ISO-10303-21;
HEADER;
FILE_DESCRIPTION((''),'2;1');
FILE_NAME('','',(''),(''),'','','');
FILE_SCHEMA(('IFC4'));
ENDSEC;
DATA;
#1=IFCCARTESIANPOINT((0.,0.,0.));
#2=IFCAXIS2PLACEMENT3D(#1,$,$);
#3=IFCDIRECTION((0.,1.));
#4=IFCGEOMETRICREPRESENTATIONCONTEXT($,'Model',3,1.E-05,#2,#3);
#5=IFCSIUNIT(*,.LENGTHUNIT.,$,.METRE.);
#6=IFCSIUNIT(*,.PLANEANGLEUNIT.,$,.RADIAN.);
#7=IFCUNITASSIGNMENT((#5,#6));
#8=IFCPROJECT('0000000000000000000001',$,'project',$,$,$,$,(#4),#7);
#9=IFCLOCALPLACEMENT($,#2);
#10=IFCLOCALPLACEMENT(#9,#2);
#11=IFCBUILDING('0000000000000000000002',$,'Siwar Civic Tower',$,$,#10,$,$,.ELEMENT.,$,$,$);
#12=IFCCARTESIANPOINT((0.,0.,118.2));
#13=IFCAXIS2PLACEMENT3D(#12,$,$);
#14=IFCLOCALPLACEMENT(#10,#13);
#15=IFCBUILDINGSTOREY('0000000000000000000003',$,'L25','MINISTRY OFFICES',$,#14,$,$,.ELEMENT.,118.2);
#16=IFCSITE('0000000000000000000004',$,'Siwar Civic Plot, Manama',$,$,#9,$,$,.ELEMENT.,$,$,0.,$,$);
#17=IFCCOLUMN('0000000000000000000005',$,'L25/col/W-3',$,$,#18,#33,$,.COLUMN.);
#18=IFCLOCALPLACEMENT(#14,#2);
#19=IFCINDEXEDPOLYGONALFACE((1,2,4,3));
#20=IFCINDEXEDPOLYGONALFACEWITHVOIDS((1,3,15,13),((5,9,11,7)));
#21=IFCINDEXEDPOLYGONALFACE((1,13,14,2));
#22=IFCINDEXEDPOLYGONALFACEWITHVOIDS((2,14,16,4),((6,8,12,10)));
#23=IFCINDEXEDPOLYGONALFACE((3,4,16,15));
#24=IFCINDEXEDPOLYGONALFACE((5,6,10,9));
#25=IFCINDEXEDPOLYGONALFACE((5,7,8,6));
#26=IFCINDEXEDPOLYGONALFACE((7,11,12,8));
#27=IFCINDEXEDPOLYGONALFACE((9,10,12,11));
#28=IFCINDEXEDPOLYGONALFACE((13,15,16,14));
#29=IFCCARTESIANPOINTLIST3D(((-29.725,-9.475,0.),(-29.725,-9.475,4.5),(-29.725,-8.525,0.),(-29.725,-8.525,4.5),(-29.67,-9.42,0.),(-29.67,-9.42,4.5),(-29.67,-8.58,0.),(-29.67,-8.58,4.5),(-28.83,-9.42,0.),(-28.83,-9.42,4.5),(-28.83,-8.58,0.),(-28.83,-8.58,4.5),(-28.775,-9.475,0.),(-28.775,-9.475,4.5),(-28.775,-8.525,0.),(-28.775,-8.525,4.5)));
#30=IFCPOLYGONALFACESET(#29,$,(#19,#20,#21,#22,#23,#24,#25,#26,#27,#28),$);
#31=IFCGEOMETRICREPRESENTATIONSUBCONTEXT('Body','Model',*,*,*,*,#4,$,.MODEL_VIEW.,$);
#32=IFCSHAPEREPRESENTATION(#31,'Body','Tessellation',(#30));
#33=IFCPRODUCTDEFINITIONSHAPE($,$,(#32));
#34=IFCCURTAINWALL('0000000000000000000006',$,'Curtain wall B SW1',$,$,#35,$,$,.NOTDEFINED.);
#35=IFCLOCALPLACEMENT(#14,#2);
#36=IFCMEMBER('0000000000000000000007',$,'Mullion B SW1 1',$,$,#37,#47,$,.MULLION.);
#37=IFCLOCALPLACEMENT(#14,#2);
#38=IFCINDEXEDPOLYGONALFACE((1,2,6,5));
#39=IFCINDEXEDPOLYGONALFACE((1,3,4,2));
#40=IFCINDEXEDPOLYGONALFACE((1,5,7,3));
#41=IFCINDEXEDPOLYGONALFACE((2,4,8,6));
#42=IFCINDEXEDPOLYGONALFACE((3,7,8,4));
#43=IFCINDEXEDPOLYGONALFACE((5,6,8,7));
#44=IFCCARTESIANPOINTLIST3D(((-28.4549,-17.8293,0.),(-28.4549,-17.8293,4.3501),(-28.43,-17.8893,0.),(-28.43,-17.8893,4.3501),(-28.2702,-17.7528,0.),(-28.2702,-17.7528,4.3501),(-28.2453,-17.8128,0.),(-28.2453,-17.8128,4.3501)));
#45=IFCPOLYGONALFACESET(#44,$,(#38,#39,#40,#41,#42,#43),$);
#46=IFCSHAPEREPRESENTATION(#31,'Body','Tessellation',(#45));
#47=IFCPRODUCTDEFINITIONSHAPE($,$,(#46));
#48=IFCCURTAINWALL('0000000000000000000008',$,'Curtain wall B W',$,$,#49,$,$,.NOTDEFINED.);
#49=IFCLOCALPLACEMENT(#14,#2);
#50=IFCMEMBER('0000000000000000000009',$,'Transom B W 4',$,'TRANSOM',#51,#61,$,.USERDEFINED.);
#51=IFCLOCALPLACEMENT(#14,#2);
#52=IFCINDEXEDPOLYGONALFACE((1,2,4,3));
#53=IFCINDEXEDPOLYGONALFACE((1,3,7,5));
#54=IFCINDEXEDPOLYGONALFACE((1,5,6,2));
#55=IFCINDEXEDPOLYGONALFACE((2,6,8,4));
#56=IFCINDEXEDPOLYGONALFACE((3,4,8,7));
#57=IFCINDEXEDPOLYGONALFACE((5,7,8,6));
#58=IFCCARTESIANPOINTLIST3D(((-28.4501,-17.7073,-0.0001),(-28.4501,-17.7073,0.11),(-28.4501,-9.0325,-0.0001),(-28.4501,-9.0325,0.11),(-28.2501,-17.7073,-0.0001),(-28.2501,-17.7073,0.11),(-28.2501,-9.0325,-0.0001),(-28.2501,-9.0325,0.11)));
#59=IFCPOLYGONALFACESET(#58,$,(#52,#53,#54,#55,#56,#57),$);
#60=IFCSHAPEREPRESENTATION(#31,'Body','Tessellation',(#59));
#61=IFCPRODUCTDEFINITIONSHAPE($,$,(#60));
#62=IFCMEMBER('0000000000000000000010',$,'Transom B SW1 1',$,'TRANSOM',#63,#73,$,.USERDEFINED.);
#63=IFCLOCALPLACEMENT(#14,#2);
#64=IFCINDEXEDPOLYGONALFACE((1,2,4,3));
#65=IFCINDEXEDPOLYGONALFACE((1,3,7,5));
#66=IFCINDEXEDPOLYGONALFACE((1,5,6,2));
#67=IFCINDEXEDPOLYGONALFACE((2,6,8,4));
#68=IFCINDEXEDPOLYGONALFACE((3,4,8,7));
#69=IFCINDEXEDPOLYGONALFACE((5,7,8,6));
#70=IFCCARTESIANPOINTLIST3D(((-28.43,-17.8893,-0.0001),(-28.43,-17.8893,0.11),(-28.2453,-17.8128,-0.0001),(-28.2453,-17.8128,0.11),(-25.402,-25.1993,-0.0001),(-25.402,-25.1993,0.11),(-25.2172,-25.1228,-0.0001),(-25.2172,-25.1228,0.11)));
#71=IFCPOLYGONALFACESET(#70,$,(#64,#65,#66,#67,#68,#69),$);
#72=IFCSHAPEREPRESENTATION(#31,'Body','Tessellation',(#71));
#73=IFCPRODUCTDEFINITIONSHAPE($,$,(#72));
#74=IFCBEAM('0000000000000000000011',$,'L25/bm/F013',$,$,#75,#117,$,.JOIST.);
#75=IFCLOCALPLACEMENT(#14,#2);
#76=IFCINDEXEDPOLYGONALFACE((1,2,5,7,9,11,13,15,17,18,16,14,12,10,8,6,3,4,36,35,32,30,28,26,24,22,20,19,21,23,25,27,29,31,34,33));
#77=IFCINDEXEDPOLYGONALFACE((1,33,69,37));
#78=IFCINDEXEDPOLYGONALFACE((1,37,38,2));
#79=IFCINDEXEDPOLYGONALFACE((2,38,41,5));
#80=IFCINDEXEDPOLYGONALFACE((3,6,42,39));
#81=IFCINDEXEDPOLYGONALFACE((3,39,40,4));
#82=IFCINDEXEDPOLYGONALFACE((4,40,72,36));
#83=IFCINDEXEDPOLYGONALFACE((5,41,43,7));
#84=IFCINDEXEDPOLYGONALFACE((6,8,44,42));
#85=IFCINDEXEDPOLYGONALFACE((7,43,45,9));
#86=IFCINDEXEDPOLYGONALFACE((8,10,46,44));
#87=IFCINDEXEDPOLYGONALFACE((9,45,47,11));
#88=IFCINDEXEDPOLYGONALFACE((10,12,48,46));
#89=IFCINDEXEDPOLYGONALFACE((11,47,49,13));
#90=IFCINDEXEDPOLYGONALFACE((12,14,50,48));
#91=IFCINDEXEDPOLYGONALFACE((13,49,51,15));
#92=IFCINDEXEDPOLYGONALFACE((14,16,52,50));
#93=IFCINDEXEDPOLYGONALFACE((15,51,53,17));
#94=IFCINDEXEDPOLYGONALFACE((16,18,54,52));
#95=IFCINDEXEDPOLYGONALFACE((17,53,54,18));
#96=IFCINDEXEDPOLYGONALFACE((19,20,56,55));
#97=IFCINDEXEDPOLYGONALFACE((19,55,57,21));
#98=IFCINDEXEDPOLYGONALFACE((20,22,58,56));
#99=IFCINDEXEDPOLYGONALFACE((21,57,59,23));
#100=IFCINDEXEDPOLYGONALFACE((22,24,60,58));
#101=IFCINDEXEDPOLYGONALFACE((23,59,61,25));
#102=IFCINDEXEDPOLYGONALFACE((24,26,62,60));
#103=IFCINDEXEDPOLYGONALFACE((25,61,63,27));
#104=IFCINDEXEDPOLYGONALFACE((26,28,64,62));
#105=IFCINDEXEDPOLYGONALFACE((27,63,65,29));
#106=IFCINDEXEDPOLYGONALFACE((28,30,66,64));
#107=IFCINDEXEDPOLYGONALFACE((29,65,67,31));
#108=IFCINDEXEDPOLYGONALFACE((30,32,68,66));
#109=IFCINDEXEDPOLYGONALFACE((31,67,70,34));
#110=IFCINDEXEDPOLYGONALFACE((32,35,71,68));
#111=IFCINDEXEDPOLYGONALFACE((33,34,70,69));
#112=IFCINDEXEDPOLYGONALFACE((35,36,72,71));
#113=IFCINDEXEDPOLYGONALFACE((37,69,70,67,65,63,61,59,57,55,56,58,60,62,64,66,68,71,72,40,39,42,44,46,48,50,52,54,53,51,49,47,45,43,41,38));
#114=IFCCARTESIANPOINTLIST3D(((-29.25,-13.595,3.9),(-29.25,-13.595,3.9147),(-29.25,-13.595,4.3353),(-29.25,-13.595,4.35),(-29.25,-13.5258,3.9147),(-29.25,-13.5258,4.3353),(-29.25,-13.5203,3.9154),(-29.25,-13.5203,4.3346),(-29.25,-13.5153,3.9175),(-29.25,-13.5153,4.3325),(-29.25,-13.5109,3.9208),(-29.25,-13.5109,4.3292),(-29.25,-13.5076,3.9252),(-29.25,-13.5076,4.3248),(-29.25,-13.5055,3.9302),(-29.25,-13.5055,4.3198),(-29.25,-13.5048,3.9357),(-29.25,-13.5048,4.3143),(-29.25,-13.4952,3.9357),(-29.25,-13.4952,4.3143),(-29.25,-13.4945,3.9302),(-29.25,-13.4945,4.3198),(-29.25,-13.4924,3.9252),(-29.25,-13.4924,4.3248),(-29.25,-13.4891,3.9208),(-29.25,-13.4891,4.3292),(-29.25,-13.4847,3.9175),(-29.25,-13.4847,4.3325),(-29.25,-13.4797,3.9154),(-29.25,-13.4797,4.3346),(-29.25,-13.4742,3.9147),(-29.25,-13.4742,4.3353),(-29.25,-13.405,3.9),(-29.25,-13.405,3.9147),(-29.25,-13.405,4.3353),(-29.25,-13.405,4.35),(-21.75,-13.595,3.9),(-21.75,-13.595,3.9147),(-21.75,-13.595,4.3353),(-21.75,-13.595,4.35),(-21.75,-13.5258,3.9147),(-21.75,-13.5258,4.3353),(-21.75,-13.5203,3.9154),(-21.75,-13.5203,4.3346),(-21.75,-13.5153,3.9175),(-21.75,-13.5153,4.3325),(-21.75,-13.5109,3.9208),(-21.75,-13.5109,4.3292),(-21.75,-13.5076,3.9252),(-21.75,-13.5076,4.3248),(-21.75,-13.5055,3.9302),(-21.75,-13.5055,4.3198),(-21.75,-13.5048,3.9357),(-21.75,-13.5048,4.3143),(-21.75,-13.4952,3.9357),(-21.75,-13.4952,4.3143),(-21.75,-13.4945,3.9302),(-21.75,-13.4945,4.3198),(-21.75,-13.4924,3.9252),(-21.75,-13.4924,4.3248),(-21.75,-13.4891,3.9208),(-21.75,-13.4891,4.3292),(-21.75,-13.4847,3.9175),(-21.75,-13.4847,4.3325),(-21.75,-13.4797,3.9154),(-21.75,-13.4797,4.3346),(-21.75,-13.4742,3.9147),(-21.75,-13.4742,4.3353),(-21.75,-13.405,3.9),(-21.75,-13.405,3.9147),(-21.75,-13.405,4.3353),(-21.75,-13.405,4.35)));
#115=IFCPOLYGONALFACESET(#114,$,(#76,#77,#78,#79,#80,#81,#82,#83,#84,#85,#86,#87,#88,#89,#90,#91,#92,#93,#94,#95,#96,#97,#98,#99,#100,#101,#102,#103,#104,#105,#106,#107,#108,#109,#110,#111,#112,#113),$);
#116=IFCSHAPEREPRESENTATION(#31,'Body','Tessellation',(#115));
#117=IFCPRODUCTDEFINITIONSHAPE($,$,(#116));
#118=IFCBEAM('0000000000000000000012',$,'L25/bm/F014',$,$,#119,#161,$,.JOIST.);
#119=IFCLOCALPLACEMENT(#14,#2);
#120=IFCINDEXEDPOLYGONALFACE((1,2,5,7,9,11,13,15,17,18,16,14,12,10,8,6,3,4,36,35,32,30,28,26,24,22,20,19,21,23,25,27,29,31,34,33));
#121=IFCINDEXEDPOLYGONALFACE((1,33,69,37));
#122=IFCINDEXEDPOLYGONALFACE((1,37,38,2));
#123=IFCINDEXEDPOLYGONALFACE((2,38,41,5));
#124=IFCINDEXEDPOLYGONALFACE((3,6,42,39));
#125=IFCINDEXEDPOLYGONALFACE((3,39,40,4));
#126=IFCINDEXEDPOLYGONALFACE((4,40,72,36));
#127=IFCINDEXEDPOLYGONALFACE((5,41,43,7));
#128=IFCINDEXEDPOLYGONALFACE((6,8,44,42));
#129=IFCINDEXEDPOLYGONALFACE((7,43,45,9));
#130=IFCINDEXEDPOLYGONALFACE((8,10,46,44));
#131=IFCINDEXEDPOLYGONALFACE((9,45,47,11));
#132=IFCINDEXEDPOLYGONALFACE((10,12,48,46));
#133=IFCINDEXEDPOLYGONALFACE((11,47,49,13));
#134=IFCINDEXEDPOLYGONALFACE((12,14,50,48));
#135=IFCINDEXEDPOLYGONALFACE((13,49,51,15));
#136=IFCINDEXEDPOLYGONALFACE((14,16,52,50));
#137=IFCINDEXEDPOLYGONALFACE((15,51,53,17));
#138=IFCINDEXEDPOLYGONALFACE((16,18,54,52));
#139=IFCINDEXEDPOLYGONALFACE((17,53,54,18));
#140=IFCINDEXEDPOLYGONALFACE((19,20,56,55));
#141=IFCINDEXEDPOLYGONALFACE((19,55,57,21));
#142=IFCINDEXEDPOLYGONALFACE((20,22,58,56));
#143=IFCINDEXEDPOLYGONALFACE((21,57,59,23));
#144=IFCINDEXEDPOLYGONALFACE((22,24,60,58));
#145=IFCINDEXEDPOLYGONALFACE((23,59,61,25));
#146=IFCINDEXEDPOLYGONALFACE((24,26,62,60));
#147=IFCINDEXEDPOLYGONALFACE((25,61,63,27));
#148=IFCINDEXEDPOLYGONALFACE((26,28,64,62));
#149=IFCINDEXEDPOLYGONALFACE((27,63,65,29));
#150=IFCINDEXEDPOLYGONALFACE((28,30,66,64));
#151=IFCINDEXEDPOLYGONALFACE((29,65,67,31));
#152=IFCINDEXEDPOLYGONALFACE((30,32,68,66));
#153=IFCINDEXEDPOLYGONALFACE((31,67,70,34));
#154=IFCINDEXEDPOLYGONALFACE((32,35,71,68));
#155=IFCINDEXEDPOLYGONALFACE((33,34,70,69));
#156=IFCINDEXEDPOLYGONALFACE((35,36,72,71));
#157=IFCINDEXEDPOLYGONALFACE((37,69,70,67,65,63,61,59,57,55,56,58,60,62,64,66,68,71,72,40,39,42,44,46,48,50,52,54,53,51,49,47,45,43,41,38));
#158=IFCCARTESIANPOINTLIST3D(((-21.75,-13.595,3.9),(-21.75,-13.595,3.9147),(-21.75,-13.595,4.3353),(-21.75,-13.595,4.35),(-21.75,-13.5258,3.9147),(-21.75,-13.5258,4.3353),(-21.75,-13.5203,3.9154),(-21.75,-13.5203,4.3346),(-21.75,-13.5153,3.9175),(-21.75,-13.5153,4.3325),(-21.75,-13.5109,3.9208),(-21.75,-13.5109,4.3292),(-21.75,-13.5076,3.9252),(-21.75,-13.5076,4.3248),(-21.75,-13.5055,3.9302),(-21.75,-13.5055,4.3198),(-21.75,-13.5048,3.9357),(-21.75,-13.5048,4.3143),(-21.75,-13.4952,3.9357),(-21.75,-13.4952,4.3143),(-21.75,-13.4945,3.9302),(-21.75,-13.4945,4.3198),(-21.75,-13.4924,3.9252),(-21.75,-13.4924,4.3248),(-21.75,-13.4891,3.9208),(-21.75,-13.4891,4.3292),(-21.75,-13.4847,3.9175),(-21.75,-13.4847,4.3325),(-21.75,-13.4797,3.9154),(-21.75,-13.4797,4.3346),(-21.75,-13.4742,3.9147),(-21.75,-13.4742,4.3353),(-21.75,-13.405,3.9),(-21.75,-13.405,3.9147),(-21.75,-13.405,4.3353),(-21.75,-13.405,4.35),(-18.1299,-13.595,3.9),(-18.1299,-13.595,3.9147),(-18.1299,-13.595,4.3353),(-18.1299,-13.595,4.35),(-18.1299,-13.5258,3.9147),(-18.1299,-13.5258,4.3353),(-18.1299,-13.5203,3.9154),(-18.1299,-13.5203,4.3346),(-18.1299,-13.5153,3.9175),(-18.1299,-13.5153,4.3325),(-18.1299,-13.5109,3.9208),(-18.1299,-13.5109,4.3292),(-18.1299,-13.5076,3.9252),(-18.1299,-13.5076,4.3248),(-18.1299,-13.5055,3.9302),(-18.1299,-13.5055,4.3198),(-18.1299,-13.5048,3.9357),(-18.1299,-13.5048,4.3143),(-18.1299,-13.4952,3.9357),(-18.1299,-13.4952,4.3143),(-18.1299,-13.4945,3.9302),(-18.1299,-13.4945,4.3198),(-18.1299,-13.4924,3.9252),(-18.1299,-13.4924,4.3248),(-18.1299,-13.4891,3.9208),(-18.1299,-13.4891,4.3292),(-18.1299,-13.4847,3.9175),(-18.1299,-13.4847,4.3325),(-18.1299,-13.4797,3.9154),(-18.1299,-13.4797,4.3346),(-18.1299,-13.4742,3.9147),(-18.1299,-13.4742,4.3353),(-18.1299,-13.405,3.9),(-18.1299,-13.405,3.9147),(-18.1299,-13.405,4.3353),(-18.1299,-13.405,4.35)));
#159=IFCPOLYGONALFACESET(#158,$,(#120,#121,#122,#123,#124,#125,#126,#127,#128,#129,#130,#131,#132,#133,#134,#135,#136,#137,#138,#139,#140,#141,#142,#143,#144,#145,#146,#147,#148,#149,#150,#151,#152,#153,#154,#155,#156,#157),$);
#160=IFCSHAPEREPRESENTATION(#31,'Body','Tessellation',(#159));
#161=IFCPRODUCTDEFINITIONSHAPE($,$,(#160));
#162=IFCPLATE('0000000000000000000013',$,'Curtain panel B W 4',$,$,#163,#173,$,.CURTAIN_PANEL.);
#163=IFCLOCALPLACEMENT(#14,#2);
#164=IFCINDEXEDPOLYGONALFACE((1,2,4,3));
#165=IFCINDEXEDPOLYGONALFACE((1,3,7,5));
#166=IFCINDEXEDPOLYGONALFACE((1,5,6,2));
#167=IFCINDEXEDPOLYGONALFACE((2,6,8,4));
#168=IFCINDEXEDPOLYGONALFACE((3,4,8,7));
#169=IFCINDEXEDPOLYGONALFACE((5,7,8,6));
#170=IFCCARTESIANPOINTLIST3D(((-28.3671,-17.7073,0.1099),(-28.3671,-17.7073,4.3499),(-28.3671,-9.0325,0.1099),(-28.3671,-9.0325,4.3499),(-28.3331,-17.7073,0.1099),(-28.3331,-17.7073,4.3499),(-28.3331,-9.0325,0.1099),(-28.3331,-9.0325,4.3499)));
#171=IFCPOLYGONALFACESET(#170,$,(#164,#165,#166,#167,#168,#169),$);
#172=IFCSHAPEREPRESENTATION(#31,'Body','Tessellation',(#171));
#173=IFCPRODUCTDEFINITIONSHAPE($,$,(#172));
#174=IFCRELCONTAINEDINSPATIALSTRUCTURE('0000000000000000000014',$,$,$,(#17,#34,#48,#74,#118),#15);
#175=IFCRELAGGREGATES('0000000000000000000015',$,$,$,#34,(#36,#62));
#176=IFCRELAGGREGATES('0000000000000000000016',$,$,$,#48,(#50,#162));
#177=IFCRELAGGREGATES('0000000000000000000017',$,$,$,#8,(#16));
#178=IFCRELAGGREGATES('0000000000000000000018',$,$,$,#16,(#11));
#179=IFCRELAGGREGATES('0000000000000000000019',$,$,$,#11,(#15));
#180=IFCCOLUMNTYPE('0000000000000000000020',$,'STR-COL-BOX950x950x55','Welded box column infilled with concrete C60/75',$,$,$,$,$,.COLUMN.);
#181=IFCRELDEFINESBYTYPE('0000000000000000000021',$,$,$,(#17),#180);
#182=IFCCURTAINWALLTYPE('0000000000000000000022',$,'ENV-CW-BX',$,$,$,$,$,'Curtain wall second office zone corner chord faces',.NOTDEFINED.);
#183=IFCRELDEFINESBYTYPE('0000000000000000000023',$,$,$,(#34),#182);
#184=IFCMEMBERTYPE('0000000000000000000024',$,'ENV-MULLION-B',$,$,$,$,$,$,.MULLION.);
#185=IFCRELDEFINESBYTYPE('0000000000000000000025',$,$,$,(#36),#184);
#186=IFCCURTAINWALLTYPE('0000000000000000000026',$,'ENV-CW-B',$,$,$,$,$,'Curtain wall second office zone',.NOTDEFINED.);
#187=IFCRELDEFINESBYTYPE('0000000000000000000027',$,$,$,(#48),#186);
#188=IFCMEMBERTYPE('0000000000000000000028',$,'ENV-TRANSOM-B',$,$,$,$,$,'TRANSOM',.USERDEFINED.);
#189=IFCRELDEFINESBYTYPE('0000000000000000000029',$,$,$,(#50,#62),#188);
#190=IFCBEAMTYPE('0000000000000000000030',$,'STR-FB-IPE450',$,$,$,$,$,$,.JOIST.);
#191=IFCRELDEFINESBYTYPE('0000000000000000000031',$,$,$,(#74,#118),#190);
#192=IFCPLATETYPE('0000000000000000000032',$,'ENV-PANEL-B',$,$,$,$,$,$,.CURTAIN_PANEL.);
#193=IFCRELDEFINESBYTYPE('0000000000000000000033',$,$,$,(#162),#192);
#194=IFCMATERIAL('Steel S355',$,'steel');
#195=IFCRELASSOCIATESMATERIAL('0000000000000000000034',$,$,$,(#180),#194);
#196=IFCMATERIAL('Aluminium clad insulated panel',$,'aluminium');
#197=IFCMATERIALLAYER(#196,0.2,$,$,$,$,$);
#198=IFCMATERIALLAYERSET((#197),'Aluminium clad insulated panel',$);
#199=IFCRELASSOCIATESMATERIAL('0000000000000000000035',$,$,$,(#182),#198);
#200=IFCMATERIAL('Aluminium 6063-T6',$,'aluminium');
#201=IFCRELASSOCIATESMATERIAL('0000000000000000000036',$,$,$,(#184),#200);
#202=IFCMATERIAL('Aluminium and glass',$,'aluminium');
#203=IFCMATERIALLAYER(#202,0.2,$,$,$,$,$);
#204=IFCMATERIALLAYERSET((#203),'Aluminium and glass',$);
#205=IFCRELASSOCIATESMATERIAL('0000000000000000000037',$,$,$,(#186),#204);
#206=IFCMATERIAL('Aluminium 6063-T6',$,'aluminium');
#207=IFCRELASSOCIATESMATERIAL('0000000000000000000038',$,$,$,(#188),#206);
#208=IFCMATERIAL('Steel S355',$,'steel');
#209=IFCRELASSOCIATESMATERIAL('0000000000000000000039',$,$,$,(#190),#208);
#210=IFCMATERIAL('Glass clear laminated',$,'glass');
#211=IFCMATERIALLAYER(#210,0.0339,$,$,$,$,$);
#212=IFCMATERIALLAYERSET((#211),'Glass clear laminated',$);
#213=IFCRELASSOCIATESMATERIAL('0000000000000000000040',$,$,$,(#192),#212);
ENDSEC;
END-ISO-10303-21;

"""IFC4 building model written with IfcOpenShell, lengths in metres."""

from ifc_helpers import new_model, si_unit, direction, frame, origin, origin_2d, place, context, subcontext, project, spatial, rectangle, hollow_rectangle, i_section, extrude, material, layer, layer_set, material_profile, profile_set, type_object, element, aggregate, save


model = new_model("IFC4")

# Units and contexts
model_context = context("Model", 3, precision=1e-05, world=origin(), true_north=direction((0.0, 1.0)))
body_context = subcontext(model_context, "Body", "Model", "MODEL_VIEW")
ifc_project = project(units=[si_unit("LENGTHUNIT", "METRE"), si_unit("PLANEANGLEUNIT", "RADIAN")], contexts=[model_context])

# Site, building, storey
site_placement = place(None, origin())
site = spatial("IfcSite", under=ifc_project, at=site_placement, Name="Siwar Civic Plot, Manama", CompositionType="ELEMENT", RefElevation=0.0)
building_placement = place(site_placement, origin())
building = spatial("IfcBuilding", under=site, at=building_placement, Name="Siwar Civic Tower", CompositionType="ELEMENT")
storey_placement = place(building_placement, frame((0.0, 0.0, 118.2)))
storey = spatial("IfcBuildingStorey", under=building, at=storey_placement, Name="L25", Description="MINISTRY OFFICES", CompositionType="ELEMENT", Elevation=118.2)

# Column
ifc_material_1 = material(Name="Steel S355", Category="steel")
ifc_material_profile_1 = material_profile(ifc_material_1, hollow_rectangle(XDim=0.95, YDim=0.95, WallThickness=0.0549, at=origin_2d()), Name="BOX950x950x55")
ifc_profile_set_1 = profile_set([ifc_material_profile_1], Name="Steel S355")
column_type = type_object("IfcColumnType", Name="STR-COL-BOX950x950x55", Description="Welded box column infilled with concrete C60/75", PredefinedType="COLUMN", material=ifc_profile_set_1)
column_placement = place(storey_placement, frame((-29.25, -9.0, 0.0), z_axis=(0.0, 0.0, 1.0), x_axis=(1.0, 0.0, 0.0)))
element("IfcColumn", 1, at=column_placement, inside=storey, type_object=column_type, Name="L25/col/W-3", PredefinedType="COLUMN", context=body_context, shape_type="SweptSolid", body=[
    extrude(hollow_rectangle(XDim=0.95, YDim=0.95, WallThickness=0.0549, at=origin_2d()), origin(), (0.0, 0.0, 1.0), 4.5),
])

# Curtain walls, members
ifc_material_2 = material(Name="Aluminium clad insulated panel", Category="aluminium")
ifc_layer_1 = layer(ifc_material_2, 0.2)
ifc_layer_set_1 = layer_set([ifc_layer_1], Name="Aluminium clad insulated panel")
curtain_wall_type_1 = type_object("IfcCurtainWallType", Name="ENV-CW-BX", ElementType="Curtain wall second office zone corner chord faces", PredefinedType="NOTDEFINED", material=ifc_layer_set_1)
curtain_wall_1_placement = place(storey_placement, origin())
curtain_wall_1 = element("IfcCurtainWall", 2, at=curtain_wall_1_placement, inside=storey, type_object=curtain_wall_type_1, Name="Curtain wall B SW1", PredefinedType="NOTDEFINED")
ifc_material_3 = material(Name="Aluminium 6063-T6", Category="aluminium")
ifc_material_profile_2 = material_profile(ifc_material_3, rectangle(XDim=0.2, YDim=0.0649, at=origin_2d()), Name="AL 200x65")
ifc_profile_set_2 = profile_set([ifc_material_profile_2], Name="Aluminium 6063-T6")
member_type_1 = type_object("IfcMemberType", Name="ENV-MULLION-B", PredefinedType="MULLION", material=ifc_profile_set_2)
member_1_placement = place(storey_placement, frame((-28.3501, -17.821, 0.0), z_axis=(0.0, 0.0, 1.0), x_axis=(0.92388, 0.382683, 0.0)))
member_1 = element("IfcMember", 3, at=member_1_placement, type_object=member_type_1, Name="Mullion B SW1 1", PredefinedType="MULLION", context=body_context, shape_type="SweptSolid", body=[
    extrude(rectangle(XDim=0.2, YDim=0.0649, at=origin_2d()), origin(), (0.0, 0.0, 1.0), 4.3501),
])
ifc_material_4 = material(Name="Aluminium and glass", Category="aluminium")
ifc_layer_2 = layer(ifc_material_4, 0.2)
ifc_layer_set_2 = layer_set([ifc_layer_2], Name="Aluminium and glass")
curtain_wall_type_2 = type_object("IfcCurtainWallType", Name="ENV-CW-B", ElementType="Curtain wall second office zone", PredefinedType="NOTDEFINED", material=ifc_layer_set_2)
curtain_wall_2_placement = place(storey_placement, origin())
curtain_wall_2 = element("IfcCurtainWall", 4, at=curtain_wall_2_placement, inside=storey, type_object=curtain_wall_type_2, Name="Curtain wall B W", PredefinedType="NOTDEFINED")
ifc_material_5 = material(Name="Aluminium 6063-T6", Category="aluminium")
ifc_material_profile_3 = material_profile(ifc_material_5, rectangle(XDim=0.2, YDim=0.1101, at=origin_2d()), Name="AL 200x110")
ifc_profile_set_3 = profile_set([ifc_material_profile_3], Name="Aluminium 6063-T6")
member_type_2 = type_object("IfcMemberType", Name="ENV-TRANSOM-B", ElementType="TRANSOM", PredefinedType="USERDEFINED", material=ifc_profile_set_3)
member_2_placement = place(storey_placement, frame((-28.3501, -9.0325, 0.0549), z_axis=(0.0, -1.0, 0.0), x_axis=(1.0, 0.0, 0.0)))
member_2 = element("IfcMember", 5, at=member_2_placement, type_object=member_type_2, Name="Transom B W 4", ObjectType="TRANSOM", PredefinedType="USERDEFINED", context=body_context, shape_type="SweptSolid", body=[
    extrude(rectangle(XDim=0.2, YDim=0.1101, at=origin_2d()), origin(), (0.0, 0.0, 1.0), 8.6748),
])

# Member
member_3_placement = place(storey_placement, frame((-28.3376, -17.8511, 0.0549), z_axis=(0.3827, -0.923873, 0.0), x_axis=(0.923873, 0.3827, 0.0)))
member_3 = element("IfcMember", 6, at=member_3_placement, type_object=member_type_2, Name="Transom B SW1 1", ObjectType="TRANSOM", PredefinedType="USERDEFINED", context=body_context, shape_type="SweptSolid", body=[
    extrude(rectangle(XDim=0.2, YDim=0.1101, at=origin_2d()), origin(), (0.0, 0.0, 1.0), 7.9124),
])
aggregate(curtain_wall_1, [member_1, member_3])

# Beams
ifc_material_6 = material(Name="Steel S355", Category="steel")
ifc_material_profile_4 = material_profile(ifc_material_6, i_section(OverallWidth=0.1899, OverallDepth=0.45, WebThickness=0.0095, FlangeThickness=0.0146, FilletRadius=0.021, at=origin_2d()), Name="IPE450")
ifc_profile_set_4 = profile_set([ifc_material_profile_4], Name="Steel S355")
beam_type = type_object("IfcBeamType", Name="STR-FB-IPE450", PredefinedType="JOIST", material=ifc_profile_set_4)
beam_1_placement = place(storey_placement, frame((-29.25, -13.5, 4.125), z_axis=(1.0, 0.0, 0.0), x_axis=(0.0, 1.0, 0.0)))
element("IfcBeam", 7, at=beam_1_placement, inside=storey, type_object=beam_type, Name="L25/bm/F013", PredefinedType="JOIST", context=body_context, shape_type="SweptSolid", body=[
    extrude(i_section(OverallWidth=0.1899, OverallDepth=0.45, WebThickness=0.0095, FlangeThickness=0.0146, FilletRadius=0.021, at=origin_2d()), origin(), (0.0, 0.0, 1.0), 7.5),
])
beam_2_placement = place(storey_placement, frame((-21.75, -13.5, 4.125), z_axis=(1.0, 0.0, 0.0), x_axis=(0.0, 1.0, 0.0)))
element("IfcBeam", 8, at=beam_2_placement, inside=storey, type_object=beam_type, Name="L25/bm/F014", PredefinedType="JOIST", context=body_context, shape_type="SweptSolid", body=[
    extrude(i_section(OverallWidth=0.1899, OverallDepth=0.45, WebThickness=0.0095, FlangeThickness=0.0146, FilletRadius=0.021, at=origin_2d()), origin(), (0.0, 0.0, 1.0), 3.6201),
])

# Plate
ifc_material_7 = material(Name="Glass clear laminated", Category="glass")
ifc_layer_3 = layer(ifc_material_7, 0.0339)
ifc_layer_set_3 = layer_set([ifc_layer_3], Name="Glass clear laminated")
plate_type = type_object("IfcPlateType", Name="ENV-PANEL-B", PredefinedType="CURTAIN_PANEL", material=ifc_layer_set_3)
plate_placement = place(storey_placement, frame((-28.3501, -13.3699, 0.1099), z_axis=(0.0, 0.0, 1.0), x_axis=(0.0, -1.0, 0.0)))
plate = element("IfcPlate", 9, at=plate_placement, type_object=plate_type, Name="Curtain panel B W 4", PredefinedType="CURTAIN_PANEL", context=body_context, shape_type="SweptSolid", body=[
    extrude(rectangle(XDim=8.6748, YDim=0.0339, at=origin_2d()), origin(), (0.0, 0.0, 1.0), 4.24),
])
aggregate(curtain_wall_2, [member_2, plate])

save(model, "model.ifc")
